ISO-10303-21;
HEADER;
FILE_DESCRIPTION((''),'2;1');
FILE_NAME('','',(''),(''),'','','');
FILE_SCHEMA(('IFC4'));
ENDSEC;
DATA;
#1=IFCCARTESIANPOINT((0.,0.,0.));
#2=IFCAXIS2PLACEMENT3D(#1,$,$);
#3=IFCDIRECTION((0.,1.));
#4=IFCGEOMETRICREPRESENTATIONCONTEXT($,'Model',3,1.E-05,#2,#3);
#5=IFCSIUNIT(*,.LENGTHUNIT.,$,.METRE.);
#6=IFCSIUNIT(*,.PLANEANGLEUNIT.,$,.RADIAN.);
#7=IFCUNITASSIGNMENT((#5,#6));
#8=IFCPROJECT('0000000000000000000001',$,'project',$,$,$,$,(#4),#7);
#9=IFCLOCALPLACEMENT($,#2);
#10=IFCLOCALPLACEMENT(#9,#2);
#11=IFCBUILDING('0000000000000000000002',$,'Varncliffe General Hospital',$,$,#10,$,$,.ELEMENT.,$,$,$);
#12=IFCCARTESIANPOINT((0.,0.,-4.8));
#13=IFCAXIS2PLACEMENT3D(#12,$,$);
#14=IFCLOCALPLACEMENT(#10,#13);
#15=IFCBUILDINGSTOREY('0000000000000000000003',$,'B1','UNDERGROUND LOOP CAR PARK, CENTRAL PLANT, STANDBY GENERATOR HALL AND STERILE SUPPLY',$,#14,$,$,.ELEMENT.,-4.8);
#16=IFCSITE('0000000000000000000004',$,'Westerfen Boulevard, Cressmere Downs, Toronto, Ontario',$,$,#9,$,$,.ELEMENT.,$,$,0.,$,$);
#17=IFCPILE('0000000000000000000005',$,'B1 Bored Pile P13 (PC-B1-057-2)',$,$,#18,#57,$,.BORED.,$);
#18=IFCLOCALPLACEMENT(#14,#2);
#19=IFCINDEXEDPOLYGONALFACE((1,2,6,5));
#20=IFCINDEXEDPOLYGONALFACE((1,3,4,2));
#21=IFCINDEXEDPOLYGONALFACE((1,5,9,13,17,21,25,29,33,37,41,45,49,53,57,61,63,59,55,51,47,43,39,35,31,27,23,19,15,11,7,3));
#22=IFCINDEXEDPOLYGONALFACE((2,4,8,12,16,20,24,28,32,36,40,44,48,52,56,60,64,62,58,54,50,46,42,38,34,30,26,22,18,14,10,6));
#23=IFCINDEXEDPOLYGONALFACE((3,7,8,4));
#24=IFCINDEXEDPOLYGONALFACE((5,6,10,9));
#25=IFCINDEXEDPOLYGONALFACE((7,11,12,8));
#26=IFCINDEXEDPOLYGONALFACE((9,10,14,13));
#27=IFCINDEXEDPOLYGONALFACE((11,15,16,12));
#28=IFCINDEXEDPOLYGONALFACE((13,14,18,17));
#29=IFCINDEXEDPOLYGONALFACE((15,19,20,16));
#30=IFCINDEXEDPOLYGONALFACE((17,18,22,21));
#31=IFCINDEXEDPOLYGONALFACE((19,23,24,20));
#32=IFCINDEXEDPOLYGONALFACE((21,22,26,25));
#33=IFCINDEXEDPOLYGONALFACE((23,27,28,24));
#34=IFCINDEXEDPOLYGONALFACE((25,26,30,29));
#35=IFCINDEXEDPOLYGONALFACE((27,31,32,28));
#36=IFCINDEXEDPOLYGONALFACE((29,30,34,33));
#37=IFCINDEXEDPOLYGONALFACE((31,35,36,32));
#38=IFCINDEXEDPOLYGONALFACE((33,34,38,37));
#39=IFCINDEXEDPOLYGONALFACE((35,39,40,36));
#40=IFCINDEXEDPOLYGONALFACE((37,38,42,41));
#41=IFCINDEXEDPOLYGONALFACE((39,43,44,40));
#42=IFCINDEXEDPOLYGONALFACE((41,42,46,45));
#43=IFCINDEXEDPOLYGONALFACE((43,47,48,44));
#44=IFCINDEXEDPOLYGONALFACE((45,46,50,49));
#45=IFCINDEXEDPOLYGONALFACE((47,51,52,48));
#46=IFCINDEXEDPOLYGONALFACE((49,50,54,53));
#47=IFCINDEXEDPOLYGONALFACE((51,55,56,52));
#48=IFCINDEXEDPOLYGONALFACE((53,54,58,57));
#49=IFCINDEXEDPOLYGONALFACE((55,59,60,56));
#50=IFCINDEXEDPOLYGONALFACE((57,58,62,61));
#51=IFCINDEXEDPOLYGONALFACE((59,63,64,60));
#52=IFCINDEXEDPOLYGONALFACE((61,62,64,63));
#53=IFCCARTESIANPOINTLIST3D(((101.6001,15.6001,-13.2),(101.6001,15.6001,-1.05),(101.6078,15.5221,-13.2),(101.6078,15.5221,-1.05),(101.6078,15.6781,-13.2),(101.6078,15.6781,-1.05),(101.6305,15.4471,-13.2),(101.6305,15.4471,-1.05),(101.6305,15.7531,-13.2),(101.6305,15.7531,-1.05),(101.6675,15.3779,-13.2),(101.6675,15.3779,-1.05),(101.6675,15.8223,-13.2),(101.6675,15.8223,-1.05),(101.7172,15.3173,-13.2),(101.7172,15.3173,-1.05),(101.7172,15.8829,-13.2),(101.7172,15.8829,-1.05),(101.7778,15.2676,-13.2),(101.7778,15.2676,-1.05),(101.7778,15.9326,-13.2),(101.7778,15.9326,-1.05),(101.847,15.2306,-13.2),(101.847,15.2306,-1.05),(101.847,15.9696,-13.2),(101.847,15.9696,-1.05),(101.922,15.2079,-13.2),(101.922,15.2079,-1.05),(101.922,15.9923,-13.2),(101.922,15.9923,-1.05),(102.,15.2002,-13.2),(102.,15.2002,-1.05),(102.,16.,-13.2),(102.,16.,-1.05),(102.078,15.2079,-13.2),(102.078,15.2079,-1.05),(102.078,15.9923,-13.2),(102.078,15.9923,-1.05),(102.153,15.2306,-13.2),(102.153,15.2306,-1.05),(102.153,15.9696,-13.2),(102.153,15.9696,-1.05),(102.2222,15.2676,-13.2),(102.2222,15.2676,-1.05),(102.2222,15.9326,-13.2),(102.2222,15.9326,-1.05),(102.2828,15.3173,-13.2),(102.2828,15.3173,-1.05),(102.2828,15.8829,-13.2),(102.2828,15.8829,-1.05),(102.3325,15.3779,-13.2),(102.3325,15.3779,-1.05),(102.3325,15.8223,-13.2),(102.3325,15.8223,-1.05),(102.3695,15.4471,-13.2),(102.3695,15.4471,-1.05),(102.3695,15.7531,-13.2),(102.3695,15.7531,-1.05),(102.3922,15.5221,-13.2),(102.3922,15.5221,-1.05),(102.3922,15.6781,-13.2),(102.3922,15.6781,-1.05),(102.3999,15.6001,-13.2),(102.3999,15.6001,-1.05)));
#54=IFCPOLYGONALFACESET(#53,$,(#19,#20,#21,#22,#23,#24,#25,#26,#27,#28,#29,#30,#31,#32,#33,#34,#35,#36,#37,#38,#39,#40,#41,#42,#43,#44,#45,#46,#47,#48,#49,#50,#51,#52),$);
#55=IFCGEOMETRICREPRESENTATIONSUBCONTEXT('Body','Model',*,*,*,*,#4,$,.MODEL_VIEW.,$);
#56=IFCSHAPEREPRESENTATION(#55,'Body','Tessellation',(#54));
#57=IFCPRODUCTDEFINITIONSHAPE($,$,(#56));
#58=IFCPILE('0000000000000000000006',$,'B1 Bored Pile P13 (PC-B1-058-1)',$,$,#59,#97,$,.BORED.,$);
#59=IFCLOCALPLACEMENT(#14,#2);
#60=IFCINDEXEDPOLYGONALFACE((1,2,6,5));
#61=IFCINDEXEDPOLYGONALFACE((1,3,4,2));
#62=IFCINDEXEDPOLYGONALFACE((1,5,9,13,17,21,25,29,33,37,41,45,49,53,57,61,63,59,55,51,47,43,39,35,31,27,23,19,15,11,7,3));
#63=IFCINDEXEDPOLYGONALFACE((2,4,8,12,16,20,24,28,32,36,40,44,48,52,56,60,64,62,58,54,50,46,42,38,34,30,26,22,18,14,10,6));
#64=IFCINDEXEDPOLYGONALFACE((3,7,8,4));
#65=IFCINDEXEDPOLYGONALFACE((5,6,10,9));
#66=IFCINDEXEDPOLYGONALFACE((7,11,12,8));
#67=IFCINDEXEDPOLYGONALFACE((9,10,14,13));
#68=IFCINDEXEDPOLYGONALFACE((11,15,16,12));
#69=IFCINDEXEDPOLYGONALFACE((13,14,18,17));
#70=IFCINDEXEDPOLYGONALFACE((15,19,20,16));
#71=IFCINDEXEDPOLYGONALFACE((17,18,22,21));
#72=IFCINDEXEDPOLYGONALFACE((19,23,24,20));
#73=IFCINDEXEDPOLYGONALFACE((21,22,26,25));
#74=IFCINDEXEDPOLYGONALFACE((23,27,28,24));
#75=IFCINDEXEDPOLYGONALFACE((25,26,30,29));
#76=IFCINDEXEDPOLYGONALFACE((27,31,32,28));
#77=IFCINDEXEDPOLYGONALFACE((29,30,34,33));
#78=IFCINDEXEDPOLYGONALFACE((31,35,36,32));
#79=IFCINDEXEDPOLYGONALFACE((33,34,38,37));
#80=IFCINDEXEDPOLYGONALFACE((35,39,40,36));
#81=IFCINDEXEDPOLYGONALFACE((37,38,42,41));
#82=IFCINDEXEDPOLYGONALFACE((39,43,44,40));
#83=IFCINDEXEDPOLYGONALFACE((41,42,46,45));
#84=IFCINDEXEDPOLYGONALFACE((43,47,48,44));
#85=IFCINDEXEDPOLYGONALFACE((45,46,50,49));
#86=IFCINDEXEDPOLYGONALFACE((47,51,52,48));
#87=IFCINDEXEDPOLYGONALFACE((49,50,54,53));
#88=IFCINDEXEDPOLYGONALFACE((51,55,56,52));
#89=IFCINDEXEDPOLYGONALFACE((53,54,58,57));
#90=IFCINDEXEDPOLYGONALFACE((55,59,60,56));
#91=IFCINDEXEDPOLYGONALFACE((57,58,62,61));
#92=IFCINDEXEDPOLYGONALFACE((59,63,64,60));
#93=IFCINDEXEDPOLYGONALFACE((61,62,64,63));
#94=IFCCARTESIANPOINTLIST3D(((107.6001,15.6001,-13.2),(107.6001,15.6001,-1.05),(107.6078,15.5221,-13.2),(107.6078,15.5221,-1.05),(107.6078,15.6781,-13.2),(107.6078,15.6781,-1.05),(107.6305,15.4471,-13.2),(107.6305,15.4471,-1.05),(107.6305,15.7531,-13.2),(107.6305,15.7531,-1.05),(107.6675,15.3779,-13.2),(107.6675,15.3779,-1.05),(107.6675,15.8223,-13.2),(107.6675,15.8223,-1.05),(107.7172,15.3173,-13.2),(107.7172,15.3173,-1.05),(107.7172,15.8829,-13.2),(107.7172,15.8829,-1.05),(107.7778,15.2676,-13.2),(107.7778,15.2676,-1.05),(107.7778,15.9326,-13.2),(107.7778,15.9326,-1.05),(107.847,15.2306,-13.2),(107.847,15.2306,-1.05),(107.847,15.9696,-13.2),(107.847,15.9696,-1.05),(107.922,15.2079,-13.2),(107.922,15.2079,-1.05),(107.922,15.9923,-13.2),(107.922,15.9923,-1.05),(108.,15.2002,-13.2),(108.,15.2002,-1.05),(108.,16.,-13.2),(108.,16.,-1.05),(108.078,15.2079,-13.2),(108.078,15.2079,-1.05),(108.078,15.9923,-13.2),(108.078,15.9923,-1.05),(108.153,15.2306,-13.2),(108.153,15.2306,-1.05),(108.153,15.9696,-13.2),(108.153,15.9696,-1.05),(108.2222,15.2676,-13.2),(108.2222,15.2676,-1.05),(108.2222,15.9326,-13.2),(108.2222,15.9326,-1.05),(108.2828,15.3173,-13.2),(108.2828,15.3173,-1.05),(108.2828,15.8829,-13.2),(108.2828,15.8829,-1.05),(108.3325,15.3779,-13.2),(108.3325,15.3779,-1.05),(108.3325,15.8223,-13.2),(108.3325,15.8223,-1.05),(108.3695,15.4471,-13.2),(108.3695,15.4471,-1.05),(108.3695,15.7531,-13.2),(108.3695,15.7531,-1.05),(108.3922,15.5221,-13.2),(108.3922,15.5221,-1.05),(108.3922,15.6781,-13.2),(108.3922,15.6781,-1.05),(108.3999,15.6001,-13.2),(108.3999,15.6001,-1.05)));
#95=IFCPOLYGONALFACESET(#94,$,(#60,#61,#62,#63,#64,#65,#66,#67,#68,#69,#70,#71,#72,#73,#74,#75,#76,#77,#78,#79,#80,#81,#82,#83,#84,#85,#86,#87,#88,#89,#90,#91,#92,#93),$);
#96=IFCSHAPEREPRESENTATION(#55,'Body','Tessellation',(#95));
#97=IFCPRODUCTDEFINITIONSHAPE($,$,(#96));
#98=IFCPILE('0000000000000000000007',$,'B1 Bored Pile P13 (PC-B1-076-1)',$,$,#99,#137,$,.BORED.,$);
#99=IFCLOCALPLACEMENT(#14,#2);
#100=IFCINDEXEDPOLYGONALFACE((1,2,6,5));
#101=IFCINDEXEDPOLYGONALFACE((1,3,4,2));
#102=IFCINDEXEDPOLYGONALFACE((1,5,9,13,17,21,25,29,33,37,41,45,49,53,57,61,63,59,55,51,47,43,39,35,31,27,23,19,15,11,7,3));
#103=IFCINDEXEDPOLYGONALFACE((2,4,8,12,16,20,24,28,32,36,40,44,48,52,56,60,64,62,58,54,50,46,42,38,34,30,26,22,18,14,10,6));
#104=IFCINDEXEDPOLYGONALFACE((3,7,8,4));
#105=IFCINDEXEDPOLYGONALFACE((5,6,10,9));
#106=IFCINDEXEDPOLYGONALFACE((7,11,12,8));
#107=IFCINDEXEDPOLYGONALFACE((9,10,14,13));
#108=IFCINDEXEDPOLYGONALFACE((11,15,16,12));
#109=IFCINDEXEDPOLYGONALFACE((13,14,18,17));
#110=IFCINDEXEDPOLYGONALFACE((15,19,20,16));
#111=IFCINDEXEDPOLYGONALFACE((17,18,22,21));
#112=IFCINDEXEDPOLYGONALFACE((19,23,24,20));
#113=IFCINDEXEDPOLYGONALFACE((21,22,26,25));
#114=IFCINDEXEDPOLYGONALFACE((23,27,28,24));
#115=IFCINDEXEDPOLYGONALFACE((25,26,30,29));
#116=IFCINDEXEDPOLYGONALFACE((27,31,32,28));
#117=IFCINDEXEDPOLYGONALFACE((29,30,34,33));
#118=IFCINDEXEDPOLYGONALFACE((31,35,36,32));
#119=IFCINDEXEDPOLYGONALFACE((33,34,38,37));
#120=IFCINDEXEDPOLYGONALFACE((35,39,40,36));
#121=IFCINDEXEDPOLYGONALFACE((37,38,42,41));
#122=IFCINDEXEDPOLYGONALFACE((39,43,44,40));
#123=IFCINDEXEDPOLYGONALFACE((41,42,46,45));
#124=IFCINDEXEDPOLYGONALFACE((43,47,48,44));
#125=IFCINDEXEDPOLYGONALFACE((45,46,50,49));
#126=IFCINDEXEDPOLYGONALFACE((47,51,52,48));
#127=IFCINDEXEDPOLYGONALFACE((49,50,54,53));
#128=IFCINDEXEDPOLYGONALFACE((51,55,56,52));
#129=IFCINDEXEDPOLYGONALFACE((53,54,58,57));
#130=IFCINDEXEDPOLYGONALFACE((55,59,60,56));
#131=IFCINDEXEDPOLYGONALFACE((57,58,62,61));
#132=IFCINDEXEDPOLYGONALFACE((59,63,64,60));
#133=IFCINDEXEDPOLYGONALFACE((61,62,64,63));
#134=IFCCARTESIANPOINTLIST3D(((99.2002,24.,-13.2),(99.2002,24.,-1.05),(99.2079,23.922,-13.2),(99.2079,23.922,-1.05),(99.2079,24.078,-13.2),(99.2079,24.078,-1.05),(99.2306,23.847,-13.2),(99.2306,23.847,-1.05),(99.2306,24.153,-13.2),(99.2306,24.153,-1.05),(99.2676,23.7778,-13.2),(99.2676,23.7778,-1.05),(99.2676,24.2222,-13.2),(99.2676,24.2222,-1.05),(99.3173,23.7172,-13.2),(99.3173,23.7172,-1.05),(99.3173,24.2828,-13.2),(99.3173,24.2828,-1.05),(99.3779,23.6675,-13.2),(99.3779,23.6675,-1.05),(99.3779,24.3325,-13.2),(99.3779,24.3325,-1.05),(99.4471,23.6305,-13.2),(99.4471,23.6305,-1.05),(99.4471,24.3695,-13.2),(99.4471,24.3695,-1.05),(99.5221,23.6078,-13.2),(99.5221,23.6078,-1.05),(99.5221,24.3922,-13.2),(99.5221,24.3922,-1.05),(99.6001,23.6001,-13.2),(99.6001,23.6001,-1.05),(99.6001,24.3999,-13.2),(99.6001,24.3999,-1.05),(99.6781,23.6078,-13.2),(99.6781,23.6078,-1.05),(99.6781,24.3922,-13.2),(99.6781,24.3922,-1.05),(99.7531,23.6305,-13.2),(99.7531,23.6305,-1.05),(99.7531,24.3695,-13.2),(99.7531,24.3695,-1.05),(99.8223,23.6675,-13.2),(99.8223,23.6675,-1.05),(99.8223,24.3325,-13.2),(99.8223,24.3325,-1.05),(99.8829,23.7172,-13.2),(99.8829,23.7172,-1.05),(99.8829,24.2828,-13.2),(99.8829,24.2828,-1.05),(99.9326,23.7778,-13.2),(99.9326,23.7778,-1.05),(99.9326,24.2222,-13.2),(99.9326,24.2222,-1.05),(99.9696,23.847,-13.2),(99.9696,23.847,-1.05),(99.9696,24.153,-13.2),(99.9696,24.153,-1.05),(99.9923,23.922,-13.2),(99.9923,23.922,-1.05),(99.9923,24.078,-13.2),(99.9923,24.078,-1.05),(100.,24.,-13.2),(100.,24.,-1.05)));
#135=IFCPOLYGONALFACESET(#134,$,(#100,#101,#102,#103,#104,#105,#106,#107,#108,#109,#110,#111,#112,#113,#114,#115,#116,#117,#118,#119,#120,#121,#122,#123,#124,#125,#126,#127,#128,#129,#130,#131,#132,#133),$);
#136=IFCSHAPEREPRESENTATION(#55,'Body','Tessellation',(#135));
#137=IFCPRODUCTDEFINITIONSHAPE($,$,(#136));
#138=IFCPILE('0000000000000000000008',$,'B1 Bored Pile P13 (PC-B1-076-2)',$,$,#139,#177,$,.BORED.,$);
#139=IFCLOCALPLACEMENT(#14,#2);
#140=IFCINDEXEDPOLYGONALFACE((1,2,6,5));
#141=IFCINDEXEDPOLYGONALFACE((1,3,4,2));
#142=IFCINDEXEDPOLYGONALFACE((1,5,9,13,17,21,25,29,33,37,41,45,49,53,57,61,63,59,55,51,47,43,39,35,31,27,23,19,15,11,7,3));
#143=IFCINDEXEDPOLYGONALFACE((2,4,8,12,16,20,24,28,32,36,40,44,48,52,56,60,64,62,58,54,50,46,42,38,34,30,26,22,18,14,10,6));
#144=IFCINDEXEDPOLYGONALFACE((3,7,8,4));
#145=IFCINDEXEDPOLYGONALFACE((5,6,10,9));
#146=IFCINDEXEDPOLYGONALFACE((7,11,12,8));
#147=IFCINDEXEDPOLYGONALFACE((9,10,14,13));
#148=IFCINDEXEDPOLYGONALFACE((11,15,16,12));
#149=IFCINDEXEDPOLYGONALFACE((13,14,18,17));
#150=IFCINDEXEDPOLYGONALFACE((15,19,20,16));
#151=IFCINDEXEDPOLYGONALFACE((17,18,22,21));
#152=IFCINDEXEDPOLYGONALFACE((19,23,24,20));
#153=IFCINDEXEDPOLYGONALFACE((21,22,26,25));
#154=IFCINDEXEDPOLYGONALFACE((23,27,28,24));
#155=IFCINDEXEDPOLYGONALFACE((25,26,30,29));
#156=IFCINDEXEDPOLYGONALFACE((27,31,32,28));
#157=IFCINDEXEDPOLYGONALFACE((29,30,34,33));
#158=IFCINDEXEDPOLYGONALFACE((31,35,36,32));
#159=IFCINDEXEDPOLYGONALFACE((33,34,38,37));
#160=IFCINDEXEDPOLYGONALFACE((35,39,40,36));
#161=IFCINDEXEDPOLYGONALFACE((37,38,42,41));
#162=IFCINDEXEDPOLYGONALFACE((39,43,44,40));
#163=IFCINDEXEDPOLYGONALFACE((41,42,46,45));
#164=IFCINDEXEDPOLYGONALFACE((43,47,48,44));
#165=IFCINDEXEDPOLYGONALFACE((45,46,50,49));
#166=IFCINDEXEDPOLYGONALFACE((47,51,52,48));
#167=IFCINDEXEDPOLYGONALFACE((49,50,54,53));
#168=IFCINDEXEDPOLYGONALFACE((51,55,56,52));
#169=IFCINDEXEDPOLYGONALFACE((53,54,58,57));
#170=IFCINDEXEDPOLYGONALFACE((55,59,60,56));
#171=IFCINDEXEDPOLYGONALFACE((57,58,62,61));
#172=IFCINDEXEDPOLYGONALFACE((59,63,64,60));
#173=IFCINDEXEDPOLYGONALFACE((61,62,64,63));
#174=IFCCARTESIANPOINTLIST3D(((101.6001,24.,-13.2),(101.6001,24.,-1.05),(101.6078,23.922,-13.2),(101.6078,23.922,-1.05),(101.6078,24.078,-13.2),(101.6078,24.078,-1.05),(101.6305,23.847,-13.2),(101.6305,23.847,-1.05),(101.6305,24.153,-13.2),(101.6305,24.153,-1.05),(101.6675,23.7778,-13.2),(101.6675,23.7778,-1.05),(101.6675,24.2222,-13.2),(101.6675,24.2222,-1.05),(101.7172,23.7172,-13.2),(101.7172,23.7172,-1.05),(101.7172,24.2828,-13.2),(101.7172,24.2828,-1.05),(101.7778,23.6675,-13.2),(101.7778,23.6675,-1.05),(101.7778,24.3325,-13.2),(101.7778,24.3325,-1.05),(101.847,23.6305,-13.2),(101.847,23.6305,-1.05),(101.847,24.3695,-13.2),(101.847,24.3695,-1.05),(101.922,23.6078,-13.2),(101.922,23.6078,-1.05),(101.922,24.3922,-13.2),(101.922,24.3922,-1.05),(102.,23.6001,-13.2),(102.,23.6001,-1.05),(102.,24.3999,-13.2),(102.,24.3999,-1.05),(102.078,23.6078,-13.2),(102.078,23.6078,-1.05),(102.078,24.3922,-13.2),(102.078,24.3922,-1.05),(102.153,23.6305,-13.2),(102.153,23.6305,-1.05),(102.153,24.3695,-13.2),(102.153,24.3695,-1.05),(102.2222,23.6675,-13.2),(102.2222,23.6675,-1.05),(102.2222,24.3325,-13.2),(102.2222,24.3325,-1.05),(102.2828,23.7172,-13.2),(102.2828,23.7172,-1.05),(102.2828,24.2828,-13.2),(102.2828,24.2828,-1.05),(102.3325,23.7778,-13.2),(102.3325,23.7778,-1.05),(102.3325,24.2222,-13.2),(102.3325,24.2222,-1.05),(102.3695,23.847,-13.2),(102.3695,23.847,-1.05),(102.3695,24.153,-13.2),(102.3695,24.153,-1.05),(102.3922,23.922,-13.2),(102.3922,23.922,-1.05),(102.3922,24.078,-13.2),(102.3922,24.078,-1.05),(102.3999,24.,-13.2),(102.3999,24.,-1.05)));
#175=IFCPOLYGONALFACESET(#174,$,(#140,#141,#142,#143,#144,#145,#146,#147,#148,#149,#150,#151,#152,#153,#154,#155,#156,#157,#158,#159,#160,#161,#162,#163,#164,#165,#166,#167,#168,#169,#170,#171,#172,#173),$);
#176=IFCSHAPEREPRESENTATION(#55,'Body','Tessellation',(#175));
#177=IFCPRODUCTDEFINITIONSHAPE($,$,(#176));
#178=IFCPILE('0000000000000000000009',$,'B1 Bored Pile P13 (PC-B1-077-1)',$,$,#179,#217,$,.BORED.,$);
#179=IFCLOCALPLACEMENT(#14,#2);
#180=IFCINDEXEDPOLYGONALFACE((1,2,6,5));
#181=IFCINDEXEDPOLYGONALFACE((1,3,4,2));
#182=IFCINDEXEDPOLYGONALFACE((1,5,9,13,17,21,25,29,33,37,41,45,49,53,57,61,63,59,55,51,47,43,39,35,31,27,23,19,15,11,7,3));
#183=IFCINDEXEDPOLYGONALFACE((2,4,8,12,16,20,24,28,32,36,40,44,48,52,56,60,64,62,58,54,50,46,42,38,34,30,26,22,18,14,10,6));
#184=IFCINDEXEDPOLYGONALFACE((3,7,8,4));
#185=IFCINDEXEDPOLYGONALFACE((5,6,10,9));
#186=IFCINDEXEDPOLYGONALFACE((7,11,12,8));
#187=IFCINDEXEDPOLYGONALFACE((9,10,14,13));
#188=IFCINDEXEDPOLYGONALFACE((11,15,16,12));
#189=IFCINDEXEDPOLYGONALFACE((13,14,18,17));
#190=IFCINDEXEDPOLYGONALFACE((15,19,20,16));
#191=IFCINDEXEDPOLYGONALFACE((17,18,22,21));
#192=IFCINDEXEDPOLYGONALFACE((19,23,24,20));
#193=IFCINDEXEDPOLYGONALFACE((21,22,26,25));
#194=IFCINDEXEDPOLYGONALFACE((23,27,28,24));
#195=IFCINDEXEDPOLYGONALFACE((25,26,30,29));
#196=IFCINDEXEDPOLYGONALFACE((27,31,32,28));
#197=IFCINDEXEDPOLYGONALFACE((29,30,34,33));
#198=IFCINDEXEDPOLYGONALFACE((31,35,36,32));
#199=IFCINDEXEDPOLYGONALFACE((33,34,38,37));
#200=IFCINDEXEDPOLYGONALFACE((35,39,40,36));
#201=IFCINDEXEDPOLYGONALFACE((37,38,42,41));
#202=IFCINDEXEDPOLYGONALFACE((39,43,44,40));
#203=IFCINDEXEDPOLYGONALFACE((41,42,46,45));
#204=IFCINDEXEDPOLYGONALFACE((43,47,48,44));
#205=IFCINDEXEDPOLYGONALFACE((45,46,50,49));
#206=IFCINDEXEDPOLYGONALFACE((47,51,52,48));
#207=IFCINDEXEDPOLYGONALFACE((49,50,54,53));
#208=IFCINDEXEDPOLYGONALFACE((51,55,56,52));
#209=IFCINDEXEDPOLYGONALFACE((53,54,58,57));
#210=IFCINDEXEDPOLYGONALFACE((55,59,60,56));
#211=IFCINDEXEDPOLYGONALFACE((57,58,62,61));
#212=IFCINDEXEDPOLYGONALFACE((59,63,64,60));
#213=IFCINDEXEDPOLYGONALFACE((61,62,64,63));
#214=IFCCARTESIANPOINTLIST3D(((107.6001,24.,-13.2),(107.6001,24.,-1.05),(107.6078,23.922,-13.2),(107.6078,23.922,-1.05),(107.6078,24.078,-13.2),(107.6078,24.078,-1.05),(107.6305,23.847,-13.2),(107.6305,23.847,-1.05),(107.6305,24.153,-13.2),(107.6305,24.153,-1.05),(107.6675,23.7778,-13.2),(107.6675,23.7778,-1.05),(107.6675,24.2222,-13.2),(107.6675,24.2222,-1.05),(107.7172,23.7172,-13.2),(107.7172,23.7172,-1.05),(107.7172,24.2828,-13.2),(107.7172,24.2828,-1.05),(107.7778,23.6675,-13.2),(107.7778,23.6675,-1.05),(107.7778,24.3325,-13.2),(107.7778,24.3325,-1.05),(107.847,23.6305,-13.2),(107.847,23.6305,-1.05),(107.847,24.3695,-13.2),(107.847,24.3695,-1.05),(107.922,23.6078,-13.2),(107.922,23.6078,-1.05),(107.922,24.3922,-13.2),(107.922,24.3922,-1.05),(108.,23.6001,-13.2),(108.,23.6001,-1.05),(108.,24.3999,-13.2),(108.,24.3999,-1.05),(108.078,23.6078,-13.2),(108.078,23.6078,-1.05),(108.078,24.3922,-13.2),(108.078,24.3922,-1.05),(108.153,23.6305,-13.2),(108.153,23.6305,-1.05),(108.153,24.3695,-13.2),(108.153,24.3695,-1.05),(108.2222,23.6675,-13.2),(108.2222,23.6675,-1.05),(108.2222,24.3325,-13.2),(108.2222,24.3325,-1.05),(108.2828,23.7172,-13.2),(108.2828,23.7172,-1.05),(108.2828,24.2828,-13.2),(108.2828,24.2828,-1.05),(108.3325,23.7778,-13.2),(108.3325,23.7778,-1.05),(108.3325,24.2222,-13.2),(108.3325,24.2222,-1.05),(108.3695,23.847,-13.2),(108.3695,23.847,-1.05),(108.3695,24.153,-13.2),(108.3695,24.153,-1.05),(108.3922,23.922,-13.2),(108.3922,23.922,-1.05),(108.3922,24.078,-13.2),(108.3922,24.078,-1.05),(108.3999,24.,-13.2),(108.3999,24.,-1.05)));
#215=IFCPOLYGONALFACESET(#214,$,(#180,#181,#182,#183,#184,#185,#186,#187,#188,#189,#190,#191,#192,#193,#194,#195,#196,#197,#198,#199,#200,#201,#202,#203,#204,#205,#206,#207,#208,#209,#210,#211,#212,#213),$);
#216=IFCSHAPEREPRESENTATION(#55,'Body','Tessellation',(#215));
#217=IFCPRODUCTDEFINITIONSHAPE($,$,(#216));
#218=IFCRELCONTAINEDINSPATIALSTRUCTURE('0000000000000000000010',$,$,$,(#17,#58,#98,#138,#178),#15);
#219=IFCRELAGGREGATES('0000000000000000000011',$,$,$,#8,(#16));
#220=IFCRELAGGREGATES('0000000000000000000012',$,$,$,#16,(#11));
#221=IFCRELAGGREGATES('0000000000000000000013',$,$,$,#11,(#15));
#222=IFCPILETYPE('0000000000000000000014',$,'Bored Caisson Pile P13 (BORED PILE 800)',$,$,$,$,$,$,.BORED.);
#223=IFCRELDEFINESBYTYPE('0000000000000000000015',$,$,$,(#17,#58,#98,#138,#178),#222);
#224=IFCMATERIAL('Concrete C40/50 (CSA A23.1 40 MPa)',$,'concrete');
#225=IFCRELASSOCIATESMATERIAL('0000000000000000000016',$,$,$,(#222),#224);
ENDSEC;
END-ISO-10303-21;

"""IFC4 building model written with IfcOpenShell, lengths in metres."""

from ifc_helpers import new_model, si_unit, direction, frame, origin, origin_2d, place, context, subcontext, project, spatial, circle, extrude, material, material_profile, profile_set, type_object, element, save


model = new_model("IFC4")

# Units and contexts
model_context = context("Model", 3, precision=1e-05, world=origin(), true_north=direction((0.0, 1.0)))
body_context = subcontext(model_context, "Body", "Model", "MODEL_VIEW")
ifc_project = project(units=[si_unit("LENGTHUNIT", "METRE"), si_unit("PLANEANGLEUNIT", "RADIAN")], contexts=[model_context])

# Site, building, storey
site_placement = place(None, origin())
site = spatial("IfcSite", under=ifc_project, at=site_placement, Name="Westerfen Boulevard, Cressmere Downs, Toronto, Ontario", CompositionType="ELEMENT", RefElevation=0.0)
building_placement = place(site_placement, origin())
building = spatial("IfcBuilding", under=site, at=building_placement, Name="Varncliffe General Hospital", CompositionType="ELEMENT")
storey_placement = place(building_placement, frame((0.0, 0.0, -4.8)))
storey = spatial("IfcBuildingStorey", under=building, at=storey_placement, Name="B1", Description="UNDERGROUND LOOP CAR PARK, CENTRAL PLANT, STANDBY GENERATOR HALL AND STERILE SUPPLY", CompositionType="ELEMENT", Elevation=-4.8)

# Piles
ifc_material_1 = material(Name="Concrete C40/50 (CSA A23.1 40 MPa)", Category="concrete")
ifc_material_profile_1 = material_profile(ifc_material_1, circle(Radius=0.3999, at=origin_2d()), Name="BORED PILE 800")
ifc_profile_set_1 = profile_set([ifc_material_profile_1], Name="Concrete C40/50 (CSA A23.1 40 MPa)")
pile_type = type_object("IfcPileType", Name="Bored Caisson Pile P13 (BORED PILE 800)", PredefinedType="BORED", material=ifc_profile_set_1)
for number, where, z_axis, x_axis, name in (
    (1, (102.0, 15.6001, -1.05), (0.0, 0.0, -1.0), (1.0, 0.0, 0.0), "B1 Bored Pile P13 (PC-B1-057-2)"),
    (2, (108.0, 15.6001, -1.05), (0.0, 0.0, -1.0), (1.0, 0.0, 0.0), "B1 Bored Pile P13 (PC-B1-058-1)"),
    (3, (99.6001, 24.0, -1.05), (0.0, 0.0, -1.0), (1.0, 0.0, 0.0), "B1 Bored Pile P13 (PC-B1-076-1)"),
    (4, (102.0, 24.0, -1.05), (0.0, 0.0, -1.0), (1.0, 0.0, 0.0), "B1 Bored Pile P13 (PC-B1-076-2)"),
    (5, (108.0, 24.0, -1.05), (0.0, 0.0, -1.0), (1.0, 0.0, 0.0), "B1 Bored Pile P13 (PC-B1-077-1)"),
):
    element("IfcPile", number, at=place(storey_placement, frame(where, z_axis=z_axis, x_axis=x_axis)), inside=storey, type_object=pile_type, Name=name, PredefinedType="BORED", context=body_context, shape_type="SweptSolid", body=[
        extrude(circle(Radius=0.3999, at=origin_2d()), origin(), (0.0, 0.0, 1.0), 12.1499),
    ])

save(model, "model.ifc")
